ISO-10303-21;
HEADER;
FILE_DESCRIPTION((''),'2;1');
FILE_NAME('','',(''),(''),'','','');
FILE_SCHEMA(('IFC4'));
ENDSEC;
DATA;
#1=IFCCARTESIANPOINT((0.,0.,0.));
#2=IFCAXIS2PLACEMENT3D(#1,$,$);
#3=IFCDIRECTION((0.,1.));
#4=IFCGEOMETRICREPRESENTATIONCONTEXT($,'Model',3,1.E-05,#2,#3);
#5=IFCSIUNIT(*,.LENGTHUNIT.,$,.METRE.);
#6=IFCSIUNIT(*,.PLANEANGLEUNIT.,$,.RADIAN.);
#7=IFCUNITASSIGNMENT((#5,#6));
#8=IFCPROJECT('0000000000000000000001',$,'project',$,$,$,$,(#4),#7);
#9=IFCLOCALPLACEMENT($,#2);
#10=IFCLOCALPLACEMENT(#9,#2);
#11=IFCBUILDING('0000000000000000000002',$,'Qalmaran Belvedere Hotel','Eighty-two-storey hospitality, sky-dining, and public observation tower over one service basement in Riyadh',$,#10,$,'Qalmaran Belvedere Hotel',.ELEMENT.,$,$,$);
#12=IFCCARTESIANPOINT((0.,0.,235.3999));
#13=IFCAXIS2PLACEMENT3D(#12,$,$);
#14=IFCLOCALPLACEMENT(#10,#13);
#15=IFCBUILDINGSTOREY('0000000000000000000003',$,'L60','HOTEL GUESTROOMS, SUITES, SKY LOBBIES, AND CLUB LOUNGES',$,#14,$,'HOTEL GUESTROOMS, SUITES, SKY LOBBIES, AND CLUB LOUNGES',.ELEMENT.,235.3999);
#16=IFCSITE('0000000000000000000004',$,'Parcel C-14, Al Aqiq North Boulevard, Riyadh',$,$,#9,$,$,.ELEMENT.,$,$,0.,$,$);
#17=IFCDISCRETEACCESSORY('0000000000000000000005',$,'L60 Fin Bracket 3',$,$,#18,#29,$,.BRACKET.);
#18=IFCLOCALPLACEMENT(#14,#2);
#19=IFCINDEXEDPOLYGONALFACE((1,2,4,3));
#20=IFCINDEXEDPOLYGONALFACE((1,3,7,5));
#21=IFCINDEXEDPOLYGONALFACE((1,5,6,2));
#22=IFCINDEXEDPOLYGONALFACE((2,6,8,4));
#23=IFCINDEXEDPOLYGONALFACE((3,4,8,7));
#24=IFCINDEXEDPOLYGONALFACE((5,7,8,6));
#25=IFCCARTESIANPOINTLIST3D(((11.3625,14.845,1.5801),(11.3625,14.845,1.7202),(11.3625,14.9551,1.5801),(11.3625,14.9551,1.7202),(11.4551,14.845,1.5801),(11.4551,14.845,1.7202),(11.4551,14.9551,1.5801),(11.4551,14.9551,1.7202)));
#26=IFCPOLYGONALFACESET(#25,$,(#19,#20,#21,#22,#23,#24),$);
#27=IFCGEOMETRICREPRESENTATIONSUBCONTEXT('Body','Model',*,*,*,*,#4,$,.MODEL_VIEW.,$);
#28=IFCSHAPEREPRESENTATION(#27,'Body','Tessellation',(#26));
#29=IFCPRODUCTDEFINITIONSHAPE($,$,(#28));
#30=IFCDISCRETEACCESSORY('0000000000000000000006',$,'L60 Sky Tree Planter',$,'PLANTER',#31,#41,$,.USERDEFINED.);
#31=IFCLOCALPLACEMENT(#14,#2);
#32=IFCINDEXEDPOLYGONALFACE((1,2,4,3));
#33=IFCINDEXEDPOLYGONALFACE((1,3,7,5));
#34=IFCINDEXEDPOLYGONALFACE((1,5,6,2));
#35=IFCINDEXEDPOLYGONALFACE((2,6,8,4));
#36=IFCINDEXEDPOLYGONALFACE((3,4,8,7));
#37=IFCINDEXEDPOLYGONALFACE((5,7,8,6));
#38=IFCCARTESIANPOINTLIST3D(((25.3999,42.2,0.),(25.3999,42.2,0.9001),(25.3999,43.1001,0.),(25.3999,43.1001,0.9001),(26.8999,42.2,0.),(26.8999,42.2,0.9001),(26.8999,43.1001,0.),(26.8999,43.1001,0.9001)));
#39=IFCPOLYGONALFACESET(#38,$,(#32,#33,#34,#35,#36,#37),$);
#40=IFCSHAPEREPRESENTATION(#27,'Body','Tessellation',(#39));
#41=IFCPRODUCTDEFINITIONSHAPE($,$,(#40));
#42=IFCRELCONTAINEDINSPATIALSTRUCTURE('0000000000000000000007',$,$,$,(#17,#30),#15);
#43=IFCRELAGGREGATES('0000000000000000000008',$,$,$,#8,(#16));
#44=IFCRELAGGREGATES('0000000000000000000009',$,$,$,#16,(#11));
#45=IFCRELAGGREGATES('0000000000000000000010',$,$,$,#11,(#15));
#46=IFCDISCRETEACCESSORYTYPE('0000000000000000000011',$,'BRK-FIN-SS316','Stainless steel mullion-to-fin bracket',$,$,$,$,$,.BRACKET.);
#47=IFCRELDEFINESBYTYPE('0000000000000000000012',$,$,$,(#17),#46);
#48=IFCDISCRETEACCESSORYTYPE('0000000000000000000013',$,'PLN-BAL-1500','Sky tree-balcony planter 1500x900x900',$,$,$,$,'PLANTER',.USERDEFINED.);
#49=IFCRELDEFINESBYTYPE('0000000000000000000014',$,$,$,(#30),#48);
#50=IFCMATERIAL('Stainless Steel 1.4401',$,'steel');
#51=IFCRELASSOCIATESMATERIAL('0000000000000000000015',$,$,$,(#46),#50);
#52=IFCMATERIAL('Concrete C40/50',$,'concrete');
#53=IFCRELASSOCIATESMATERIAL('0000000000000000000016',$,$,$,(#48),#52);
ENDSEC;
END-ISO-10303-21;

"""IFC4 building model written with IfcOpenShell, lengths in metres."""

from ifc_helpers import new_model, si_unit, direction, frame, origin, place, context, subcontext, project, spatial, polyline, outline, extrude, material, type_object, element, save


model = new_model("IFC4")

# Units and contexts
model_context = context("Model", 3, precision=1e-05, world=origin(), true_north=direction((0.0, 1.0)))
body_context = subcontext(model_context, "Body", "Model", "MODEL_VIEW")
ifc_project = project(units=[si_unit("LENGTHUNIT", "METRE"), si_unit("PLANEANGLEUNIT", "RADIAN")], contexts=[model_context])

# Site, building, storey
site_placement = place(None, origin())
site = spatial("IfcSite", under=ifc_project, at=site_placement, Name="Parcel C-14, Al Aqiq North Boulevard, Riyadh", CompositionType="ELEMENT", RefElevation=0.0)
building_placement = place(site_placement, origin())
building = spatial("IfcBuilding", under=site, at=building_placement, Name="Qalmaran Belvedere Hotel", Description="Eighty-two-storey hospitality, sky-dining, and public observation tower over one service basement in Riyadh", LongName="Qalmaran Belvedere Hotel", CompositionType="ELEMENT")
storey_placement = place(building_placement, frame((0.0, 0.0, 235.3999)))
storey = spatial("IfcBuildingStorey", under=building, at=storey_placement, Name="L60", Description="HOTEL GUESTROOMS, SUITES, SKY LOBBIES, AND CLUB LOUNGES", LongName="HOTEL GUESTROOMS, SUITES, SKY LOBBIES, AND CLUB LOUNGES", CompositionType="ELEMENT", Elevation=235.3999)

# Shared definitions
ifc_material_1 = material(Name="Concrete C40/50", Category="concrete")

# Discrete accessories
ifc_material_2 = material(Name="Stainless Steel 1.4401", Category="steel")
discrete_accessory_type_1 = type_object("IfcDiscreteAccessoryType", Name="BRK-FIN-SS316", Description="Stainless steel mullion-to-fin bracket", PredefinedType="BRACKET", material=ifc_material_2)
discrete_accessory_1_placement = place(storey_placement, frame((0.0, 0.0, 1.5801)))
element("IfcDiscreteAccessory", 1, at=discrete_accessory_1_placement, inside=storey, type_object=discrete_accessory_type_1, Name="L60 Fin Bracket 3", PredefinedType="BRACKET", context=body_context, shape_type="SweptSolid", body=[
    extrude(outline(polyline([(11.4551, 14.9551), (11.3625, 14.9551), (11.3625, 14.845), (11.4551, 14.845), (11.4551, 14.9551)])), origin(), (0.0, 0.0, 1.0), 0.1401),
])
discrete_accessory_type_2 = type_object("IfcDiscreteAccessoryType", Name="PLN-BAL-1500", Description="Sky tree-balcony planter 1500x900x900", ElementType="PLANTER", PredefinedType="USERDEFINED", material=ifc_material_1)
discrete_accessory_2_placement = place(storey_placement, origin())
element("IfcDiscreteAccessory", 2, at=discrete_accessory_2_placement, inside=storey, type_object=discrete_accessory_type_2, Name="L60 Sky Tree Planter", ObjectType="PLANTER", PredefinedType="USERDEFINED", context=body_context, shape_type="SweptSolid", body=[
    extrude(outline(polyline([(25.3999, 42.2), (26.8999, 42.2), (26.8999, 43.1001), (25.3999, 43.1001), (25.3999, 42.2)])), origin(), (0.0, 0.0, 1.0), 0.9001),
])

save(model, "model.ifc")
